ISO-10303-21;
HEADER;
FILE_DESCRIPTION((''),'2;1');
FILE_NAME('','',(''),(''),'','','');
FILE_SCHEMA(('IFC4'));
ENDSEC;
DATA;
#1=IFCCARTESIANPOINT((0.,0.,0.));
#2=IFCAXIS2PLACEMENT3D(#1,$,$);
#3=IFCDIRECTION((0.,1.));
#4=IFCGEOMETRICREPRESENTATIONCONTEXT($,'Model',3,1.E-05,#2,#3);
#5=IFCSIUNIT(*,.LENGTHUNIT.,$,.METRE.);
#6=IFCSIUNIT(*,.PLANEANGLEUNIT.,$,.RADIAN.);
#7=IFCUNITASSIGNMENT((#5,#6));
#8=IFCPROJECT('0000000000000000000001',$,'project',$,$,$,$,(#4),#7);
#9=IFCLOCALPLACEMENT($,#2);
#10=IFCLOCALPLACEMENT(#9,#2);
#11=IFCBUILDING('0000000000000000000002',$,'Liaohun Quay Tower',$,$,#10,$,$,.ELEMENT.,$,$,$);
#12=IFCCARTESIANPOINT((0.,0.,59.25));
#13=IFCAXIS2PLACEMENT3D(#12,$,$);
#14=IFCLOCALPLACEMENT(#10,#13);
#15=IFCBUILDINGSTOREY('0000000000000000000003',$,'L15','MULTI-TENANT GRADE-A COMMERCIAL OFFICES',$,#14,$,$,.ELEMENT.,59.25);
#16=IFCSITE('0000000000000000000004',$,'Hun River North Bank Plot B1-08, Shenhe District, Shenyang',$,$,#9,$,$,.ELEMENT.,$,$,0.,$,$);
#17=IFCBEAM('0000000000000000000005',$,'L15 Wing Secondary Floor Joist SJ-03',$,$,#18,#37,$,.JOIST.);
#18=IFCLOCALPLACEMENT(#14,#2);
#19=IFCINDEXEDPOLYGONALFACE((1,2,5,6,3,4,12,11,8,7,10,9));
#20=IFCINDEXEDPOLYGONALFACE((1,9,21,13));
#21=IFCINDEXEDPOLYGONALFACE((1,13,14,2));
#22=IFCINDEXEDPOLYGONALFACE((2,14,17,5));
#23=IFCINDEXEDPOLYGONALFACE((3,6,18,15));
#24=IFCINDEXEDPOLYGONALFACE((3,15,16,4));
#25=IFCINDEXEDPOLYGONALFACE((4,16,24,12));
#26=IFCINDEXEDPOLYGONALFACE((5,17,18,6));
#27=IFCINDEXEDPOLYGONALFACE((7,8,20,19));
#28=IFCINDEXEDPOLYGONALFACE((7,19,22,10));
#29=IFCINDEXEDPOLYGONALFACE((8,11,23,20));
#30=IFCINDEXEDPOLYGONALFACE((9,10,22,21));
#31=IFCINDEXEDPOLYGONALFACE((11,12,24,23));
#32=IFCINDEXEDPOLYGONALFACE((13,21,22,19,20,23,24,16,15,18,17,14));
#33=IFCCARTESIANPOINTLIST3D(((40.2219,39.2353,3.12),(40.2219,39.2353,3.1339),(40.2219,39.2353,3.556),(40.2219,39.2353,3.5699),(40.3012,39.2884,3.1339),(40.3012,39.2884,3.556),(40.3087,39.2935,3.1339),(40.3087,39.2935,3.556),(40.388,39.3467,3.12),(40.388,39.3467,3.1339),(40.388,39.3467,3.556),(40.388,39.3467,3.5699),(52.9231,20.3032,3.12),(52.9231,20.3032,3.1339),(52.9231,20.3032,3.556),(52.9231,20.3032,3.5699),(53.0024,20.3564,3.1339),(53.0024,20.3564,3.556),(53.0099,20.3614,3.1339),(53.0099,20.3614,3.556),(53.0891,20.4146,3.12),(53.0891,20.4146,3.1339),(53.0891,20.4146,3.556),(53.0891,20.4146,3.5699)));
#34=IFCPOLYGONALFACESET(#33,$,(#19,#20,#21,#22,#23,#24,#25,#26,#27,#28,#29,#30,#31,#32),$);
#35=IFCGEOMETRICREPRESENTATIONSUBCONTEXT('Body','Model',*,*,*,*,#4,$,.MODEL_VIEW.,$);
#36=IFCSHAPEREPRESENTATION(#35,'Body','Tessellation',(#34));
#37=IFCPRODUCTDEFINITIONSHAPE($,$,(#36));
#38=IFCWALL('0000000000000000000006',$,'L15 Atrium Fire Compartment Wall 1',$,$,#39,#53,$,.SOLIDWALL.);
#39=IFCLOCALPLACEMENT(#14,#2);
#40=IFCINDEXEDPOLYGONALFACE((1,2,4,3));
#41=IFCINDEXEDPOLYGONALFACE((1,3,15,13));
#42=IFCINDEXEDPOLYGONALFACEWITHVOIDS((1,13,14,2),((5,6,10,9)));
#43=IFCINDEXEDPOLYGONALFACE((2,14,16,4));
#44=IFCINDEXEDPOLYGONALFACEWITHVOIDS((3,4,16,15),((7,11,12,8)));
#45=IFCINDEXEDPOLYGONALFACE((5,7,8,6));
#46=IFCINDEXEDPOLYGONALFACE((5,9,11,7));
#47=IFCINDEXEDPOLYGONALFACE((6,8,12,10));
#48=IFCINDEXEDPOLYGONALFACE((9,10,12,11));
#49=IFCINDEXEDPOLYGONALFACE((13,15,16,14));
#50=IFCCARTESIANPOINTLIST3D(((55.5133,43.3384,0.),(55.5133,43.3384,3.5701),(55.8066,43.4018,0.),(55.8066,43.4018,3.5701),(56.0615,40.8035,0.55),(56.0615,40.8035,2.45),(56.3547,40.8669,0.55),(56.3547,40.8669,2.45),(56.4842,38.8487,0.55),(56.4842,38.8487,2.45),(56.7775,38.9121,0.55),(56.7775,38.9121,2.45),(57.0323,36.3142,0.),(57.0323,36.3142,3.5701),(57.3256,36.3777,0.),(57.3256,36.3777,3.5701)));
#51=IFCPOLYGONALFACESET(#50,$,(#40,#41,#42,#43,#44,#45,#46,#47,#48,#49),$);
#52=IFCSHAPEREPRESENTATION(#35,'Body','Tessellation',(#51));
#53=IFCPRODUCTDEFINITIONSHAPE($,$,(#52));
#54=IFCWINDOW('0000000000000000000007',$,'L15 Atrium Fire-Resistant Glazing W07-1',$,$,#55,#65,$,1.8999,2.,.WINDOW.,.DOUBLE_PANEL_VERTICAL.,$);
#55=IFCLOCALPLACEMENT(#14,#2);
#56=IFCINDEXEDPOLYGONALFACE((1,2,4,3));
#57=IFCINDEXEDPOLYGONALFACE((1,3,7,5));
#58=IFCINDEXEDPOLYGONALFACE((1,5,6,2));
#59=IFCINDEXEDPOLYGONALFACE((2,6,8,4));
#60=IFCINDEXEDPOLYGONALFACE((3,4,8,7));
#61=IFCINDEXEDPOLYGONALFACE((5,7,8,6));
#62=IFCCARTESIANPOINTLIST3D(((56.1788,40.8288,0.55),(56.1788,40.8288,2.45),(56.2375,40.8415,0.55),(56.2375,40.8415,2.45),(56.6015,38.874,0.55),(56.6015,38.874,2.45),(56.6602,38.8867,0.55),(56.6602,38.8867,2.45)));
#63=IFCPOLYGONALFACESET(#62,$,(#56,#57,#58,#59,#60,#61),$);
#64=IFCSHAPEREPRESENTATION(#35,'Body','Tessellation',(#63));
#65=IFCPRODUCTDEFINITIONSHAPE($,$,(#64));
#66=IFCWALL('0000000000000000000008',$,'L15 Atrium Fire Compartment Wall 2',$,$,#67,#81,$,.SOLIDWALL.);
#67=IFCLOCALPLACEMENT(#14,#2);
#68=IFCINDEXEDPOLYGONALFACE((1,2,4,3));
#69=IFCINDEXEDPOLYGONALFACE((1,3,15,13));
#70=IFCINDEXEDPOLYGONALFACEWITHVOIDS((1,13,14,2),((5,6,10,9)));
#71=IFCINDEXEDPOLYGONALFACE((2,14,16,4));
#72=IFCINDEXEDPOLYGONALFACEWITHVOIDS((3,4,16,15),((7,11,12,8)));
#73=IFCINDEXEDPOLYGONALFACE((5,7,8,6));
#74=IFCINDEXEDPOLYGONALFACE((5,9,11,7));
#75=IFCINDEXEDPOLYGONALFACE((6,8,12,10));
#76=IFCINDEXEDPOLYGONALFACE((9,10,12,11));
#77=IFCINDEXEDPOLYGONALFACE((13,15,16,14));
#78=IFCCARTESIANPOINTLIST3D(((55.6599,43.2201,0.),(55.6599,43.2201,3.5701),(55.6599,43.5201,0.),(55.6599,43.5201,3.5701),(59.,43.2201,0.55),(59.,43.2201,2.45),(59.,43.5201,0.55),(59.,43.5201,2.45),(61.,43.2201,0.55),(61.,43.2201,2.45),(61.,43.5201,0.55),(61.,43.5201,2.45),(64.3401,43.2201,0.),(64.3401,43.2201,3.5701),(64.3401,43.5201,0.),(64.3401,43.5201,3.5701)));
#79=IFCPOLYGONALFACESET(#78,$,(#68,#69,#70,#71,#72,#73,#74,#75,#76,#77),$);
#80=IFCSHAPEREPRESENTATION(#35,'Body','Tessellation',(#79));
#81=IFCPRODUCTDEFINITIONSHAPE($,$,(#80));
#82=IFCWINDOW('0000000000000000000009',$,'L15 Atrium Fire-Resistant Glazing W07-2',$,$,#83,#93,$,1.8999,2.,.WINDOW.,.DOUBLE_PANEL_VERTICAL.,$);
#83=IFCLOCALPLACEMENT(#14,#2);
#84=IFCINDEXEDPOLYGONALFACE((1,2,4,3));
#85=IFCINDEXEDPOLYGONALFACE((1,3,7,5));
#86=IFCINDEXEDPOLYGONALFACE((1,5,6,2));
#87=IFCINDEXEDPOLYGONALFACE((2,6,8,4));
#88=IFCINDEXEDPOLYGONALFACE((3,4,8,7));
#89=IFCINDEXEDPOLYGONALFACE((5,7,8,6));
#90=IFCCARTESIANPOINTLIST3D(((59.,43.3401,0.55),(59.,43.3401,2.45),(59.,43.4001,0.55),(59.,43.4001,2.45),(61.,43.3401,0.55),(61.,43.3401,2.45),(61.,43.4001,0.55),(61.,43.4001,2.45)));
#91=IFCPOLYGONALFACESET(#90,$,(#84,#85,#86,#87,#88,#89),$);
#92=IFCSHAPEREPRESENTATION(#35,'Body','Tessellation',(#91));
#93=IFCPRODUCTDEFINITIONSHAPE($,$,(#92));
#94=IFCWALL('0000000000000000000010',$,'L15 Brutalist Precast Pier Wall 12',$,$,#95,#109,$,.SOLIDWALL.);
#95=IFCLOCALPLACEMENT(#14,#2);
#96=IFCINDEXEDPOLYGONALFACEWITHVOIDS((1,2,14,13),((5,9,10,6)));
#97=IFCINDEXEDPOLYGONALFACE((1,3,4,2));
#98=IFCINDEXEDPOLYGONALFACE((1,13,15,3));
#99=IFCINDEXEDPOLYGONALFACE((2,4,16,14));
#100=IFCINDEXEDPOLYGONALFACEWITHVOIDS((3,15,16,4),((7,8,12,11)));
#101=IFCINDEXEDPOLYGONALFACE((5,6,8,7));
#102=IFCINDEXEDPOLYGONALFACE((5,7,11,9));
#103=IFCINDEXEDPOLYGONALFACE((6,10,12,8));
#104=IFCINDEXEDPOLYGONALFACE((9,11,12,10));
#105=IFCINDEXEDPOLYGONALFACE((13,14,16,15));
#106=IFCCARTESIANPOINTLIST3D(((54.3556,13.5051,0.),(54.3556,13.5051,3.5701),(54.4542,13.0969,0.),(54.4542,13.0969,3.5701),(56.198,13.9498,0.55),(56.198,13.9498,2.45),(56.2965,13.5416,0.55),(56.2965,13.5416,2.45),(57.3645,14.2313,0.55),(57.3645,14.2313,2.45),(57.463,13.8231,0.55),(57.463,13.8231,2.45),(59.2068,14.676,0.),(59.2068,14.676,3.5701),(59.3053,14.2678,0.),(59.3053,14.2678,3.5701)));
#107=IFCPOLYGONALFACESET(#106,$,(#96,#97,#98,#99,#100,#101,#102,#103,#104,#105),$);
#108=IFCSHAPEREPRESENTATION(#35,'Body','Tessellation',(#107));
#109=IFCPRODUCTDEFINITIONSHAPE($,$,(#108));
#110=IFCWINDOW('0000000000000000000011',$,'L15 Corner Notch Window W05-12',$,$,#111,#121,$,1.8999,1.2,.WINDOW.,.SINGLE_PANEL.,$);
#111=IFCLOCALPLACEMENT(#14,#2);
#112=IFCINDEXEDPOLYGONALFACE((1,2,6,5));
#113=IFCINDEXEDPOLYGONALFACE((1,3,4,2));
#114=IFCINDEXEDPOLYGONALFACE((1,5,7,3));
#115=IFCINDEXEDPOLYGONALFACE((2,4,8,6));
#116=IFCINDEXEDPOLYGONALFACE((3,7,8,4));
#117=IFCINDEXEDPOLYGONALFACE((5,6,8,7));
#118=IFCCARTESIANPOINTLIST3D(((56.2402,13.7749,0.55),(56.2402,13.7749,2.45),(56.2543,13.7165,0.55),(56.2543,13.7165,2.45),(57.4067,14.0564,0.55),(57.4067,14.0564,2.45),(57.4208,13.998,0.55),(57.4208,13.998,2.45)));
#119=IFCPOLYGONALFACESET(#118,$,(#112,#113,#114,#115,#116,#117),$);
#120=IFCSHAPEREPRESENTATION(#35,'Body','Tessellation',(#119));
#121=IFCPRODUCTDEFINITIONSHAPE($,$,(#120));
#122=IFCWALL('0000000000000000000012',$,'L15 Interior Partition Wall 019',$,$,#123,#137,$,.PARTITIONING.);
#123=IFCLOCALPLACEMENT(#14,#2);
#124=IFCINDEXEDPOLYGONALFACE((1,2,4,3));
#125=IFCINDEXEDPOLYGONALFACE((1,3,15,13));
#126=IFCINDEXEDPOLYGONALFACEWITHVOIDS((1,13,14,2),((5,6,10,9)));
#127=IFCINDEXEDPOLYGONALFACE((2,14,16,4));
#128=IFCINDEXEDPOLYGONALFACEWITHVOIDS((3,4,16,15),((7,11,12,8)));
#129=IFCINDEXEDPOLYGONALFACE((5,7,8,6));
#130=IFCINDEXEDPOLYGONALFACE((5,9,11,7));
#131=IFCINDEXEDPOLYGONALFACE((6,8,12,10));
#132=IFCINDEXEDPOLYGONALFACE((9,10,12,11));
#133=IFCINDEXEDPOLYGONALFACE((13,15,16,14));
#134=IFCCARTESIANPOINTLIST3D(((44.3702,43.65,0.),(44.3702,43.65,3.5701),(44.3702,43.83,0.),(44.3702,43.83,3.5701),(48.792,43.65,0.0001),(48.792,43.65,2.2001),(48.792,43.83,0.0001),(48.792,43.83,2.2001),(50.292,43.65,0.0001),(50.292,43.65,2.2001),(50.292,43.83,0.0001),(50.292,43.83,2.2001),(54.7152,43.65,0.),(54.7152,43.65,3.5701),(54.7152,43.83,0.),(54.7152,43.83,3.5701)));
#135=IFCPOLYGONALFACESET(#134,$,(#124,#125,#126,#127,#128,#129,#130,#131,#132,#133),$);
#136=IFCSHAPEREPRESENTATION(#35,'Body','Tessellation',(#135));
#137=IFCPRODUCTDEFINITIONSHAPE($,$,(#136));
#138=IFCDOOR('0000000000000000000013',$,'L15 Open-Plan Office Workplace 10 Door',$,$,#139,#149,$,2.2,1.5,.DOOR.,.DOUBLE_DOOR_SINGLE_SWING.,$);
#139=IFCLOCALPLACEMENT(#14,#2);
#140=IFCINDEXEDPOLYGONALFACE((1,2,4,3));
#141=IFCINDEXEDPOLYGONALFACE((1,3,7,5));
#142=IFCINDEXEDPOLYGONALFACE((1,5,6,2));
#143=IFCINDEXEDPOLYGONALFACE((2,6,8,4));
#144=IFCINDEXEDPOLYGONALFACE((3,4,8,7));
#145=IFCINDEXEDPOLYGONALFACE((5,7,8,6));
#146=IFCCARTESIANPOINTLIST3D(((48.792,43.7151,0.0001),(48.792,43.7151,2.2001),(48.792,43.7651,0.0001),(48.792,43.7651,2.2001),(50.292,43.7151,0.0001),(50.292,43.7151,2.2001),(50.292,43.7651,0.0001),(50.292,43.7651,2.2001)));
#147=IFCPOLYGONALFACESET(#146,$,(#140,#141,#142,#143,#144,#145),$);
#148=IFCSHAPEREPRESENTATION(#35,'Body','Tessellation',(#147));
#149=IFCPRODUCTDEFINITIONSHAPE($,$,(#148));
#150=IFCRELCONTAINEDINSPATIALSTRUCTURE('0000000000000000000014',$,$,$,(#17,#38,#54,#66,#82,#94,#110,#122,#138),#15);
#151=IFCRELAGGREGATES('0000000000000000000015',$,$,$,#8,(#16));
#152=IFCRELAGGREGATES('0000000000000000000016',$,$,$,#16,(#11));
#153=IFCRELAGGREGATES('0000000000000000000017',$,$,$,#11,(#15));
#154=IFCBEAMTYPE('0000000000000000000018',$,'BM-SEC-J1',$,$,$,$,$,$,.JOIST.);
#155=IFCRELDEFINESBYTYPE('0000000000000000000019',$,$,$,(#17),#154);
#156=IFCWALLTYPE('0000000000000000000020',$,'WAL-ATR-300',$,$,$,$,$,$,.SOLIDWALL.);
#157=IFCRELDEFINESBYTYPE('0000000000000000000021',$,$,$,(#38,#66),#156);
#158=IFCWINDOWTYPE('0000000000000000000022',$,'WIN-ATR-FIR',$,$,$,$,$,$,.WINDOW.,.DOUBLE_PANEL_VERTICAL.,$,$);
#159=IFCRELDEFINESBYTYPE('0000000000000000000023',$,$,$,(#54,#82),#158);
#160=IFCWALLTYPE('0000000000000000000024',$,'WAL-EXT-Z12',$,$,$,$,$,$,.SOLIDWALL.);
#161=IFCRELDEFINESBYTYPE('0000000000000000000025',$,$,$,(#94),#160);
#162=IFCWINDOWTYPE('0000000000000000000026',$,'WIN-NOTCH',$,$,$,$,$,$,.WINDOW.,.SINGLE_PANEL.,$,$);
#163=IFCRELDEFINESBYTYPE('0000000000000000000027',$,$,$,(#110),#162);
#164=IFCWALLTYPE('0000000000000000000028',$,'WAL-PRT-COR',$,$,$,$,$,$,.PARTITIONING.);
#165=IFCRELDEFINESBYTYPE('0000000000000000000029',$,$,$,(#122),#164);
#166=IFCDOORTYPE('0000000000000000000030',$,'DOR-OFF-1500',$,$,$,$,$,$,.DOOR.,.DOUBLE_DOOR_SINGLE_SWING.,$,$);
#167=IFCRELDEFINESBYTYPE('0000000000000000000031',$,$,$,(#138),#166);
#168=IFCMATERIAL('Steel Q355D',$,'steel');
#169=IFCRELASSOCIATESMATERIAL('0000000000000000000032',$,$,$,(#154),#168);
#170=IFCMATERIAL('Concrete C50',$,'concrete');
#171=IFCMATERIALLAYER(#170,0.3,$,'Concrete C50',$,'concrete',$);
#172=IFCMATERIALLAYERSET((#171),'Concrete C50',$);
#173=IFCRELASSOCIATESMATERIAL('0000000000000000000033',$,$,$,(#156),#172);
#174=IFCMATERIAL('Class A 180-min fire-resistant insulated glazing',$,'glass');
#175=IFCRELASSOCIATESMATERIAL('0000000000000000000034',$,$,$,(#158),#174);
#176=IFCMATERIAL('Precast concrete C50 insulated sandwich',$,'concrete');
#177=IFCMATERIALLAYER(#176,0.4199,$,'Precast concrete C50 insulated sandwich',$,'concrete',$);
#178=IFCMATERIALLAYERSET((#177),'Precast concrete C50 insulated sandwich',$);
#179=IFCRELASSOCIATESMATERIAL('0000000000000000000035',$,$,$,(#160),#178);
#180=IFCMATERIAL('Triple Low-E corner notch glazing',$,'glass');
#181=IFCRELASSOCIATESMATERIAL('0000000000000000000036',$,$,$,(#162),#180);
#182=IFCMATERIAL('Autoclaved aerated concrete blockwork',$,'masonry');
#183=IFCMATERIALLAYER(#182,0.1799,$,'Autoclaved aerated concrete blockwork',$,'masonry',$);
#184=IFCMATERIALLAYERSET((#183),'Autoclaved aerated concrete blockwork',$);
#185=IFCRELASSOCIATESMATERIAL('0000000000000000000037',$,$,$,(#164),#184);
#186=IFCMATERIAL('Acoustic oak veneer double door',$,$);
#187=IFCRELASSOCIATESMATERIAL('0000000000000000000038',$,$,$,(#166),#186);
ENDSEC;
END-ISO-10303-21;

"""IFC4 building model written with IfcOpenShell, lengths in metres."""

from ifc_helpers import new_model, si_unit, direction, frame, frame_2d, origin, origin_2d, place, context, subcontext, project, spatial, rectangle, i_section, extrude, source, transform, mapped, material, layer, layer_set, material_profile, profile_set, type_object, element, fill, save


model = new_model("IFC4")

# Units and contexts
model_context = context("Model", 3, precision=1e-05, world=origin(), true_north=direction((0.0, 1.0)))
body_context = subcontext(model_context, "Body", "Model", "MODEL_VIEW")
ifc_project = project(units=[si_unit("LENGTHUNIT", "METRE"), si_unit("PLANEANGLEUNIT", "RADIAN")], contexts=[model_context])

# Site, building, storey
site_placement = place(None, origin())
site = spatial("IfcSite", under=ifc_project, at=site_placement, Name="Hun River North Bank Plot B1-08, Shenhe District, Shenyang", CompositionType="ELEMENT", RefElevation=0.0)
building_placement = place(site_placement, origin())
building = spatial("IfcBuilding", under=site, at=building_placement, Name="Liaohun Quay Tower", CompositionType="ELEMENT")
storey_placement = place(building_placement, frame((0.0, 0.0, 59.25)))
storey = spatial("IfcBuildingStorey", under=building, at=storey_placement, Name="L15", Description="MULTI-TENANT GRADE-A COMMERCIAL OFFICES", CompositionType="ELEMENT", Elevation=59.25)

# Beam
ifc_material_1 = material(Name="Steel Q355D", Category="steel")
ifc_material_profile_1 = material_profile(ifc_material_1, i_section(OverallWidth=0.2, OverallDepth=0.45, WebThickness=0.009, FlangeThickness=0.0139, at=origin_2d()), Name="HN450x200x9x14")
ifc_profile_set_1 = profile_set([ifc_material_profile_1], Name="Steel Q355D")
beam_type_1 = type_object("IfcBeamType", Name="BM-SEC-J1", PredefinedType="JOIST", material=ifc_profile_set_1)
shared_shape_1 = source(origin(), body_context, "Body", "SweptSolid", [
    extrude(i_section(OverallWidth=0.2, OverallDepth=0.45, WebThickness=0.009, FlangeThickness=0.0139, at=origin_2d()), origin(), (0.0, 0.0, 1.0), 22.7979),
])
beam_1_placement = place(storey_placement, frame((53.0061, 20.3589, 3.345), z_axis=(-0.55712, 0.830432, 0.0), x_axis=(-0.830432, -0.55712, 0.0)))
element("IfcBeam", 1, at=beam_1_placement, inside=storey, type_object=beam_type_1, Name="L15 Wing Secondary Floor Joist SJ-03", PredefinedType="JOIST", context=body_context, shape_type="MappedRepresentation", body=[
    mapped(shared_shape_1, transform((0.0, 0.0, 0.0), x_axis=(1.0, 0.0, 0.0), y_axis=(0.0, 1.0, 0.0), z_axis=(0.0, 0.0, 1.0), scale=1.0)),
])

# Walls, openings, windows
ifc_material_2 = material(Name="Concrete C50", Category="concrete")
ifc_layer_1 = layer(ifc_material_2, 0.3, Name="Concrete C50", Category="concrete")
ifc_layer_set_1 = layer_set([ifc_layer_1], Name="Concrete C50")
wall_type_1 = type_object("IfcWallType", Name="WAL-ATR-300", PredefinedType="SOLIDWALL", material=ifc_layer_set_1)
wall_1_placement = place(storey_placement, frame((57.179, 36.3459, 0.0), z_axis=(0.0, 0.0, 1.0), x_axis=(-0.211373, 0.977405, 0.0)))
wall_1 = element("IfcWall", 2, at=wall_1_placement, inside=storey, type_object=wall_type_1, Name="L15 Atrium Fire Compartment Wall 1", PredefinedType="SOLIDWALL", context=body_context, shape_type="SweptSolid", body=[
    extrude(rectangle(XDim=7.1865, YDim=0.3, at=frame_2d((3.5933, 0.0))), origin(), (0.0, 0.0, 1.0), 3.5701),
])
shared_shape_2 = source(origin(), body_context, "Body", "SweptSolid", [
    extrude(rectangle(XDim=2.0, YDim=1.8999, at=frame_2d((1.0, 0.95))), frame((0.0, 0.1599, 0.0), z_axis=(0.0, -1.0, 0.0), x_axis=(1.0, 0.0, 0.0)), (0.0, 0.0, 1.0), 0.3201),
])
opening_1_placement = place(wall_1_placement, frame((2.593, 0.0, 0.55)))
opening_1 = element("IfcOpeningElement", 3, at=opening_1_placement, cuts=wall_1, PredefinedType="OPENING", context=body_context, shape_type="MappedRepresentation", body=[
    mapped(shared_shape_2, transform((0.0, 0.0, 0.0), x_axis=(1.0, 0.0, 0.0), y_axis=(0.0, 1.0, 0.0), z_axis=(0.0, 0.0, 1.0), scale=1.0)),
])
ifc_material_3 = material(Name="Class A 180-min fire-resistant insulated glazing", Category="glass")
window_type_1 = type_object("IfcWindowType", Name="WIN-ATR-FIR", PartitioningType="DOUBLE_PANEL_VERTICAL", PredefinedType="WINDOW", material=ifc_material_3)
shared_shape_3 = source(origin(), body_context, "Body", "SweptSolid", [
    extrude(rectangle(XDim=2.0, YDim=1.8999, at=frame_2d((1.0, 0.95))), frame((0.0, 0.03, 0.0), z_axis=(0.0, -1.0, 0.0), x_axis=(1.0, 0.0, 0.0)), (0.0, 0.0, 1.0), 0.0601),
])
window_1_placement = place(opening_1_placement, origin())
window_1 = element("IfcWindow", 4, at=window_1_placement, inside=storey, type_object=window_type_1, Name="L15 Atrium Fire-Resistant Glazing W07-1", OverallHeight=1.8999, OverallWidth=2.0, PartitioningType="DOUBLE_PANEL_VERTICAL", PredefinedType="WINDOW", context=body_context, shape_type="MappedRepresentation", body=[
    mapped(shared_shape_3, transform((0.0, 0.0, 0.0), x_axis=(1.0, 0.0, 0.0), y_axis=(0.0, 1.0, 0.0), z_axis=(0.0, 0.0, 1.0), scale=1.0)),
])
fill(opening_1, window_1)
wall_2_placement = place(storey_placement, frame((55.6599, 43.3701, 0.0), z_axis=(0.0, 0.0, 1.0), x_axis=(1.0, 0.0, 0.0)))
wall_2 = element("IfcWall", 5, at=wall_2_placement, inside=storey, type_object=wall_type_1, Name="L15 Atrium Fire Compartment Wall 2", PredefinedType="SOLIDWALL", context=body_context, shape_type="SweptSolid", body=[
    extrude(rectangle(XDim=8.6802, YDim=0.3, at=frame_2d((4.3401, 0.0))), origin(), (0.0, 0.0, 1.0), 3.5701),
])
opening_2_placement = place(wall_2_placement, frame((3.3401, 0.0, 0.55)))
opening_2 = element("IfcOpeningElement", 6, at=opening_2_placement, cuts=wall_2, PredefinedType="OPENING", context=body_context, shape_type="MappedRepresentation", body=[
    mapped(shared_shape_2, transform((0.0, 0.0, 0.0), x_axis=(1.0, 0.0, 0.0), y_axis=(0.0, 1.0, 0.0), z_axis=(0.0, 0.0, 1.0), scale=1.0)),
])
window_2_placement = place(opening_2_placement, origin())
window_2 = element("IfcWindow", 7, at=window_2_placement, inside=storey, type_object=window_type_1, Name="L15 Atrium Fire-Resistant Glazing W07-2", OverallHeight=1.8999, OverallWidth=2.0, PartitioningType="DOUBLE_PANEL_VERTICAL", PredefinedType="WINDOW", context=body_context, shape_type="MappedRepresentation", body=[
    mapped(shared_shape_3, transform((0.0, 0.0, 0.0), x_axis=(1.0, 0.0, 0.0), y_axis=(0.0, 1.0, 0.0), z_axis=(0.0, 0.0, 1.0), scale=1.0)),
])
fill(opening_2, window_2)
ifc_material_4 = material(Name="Precast concrete C50 insulated sandwich", Category="concrete")
ifc_layer_2 = layer(ifc_material_4, 0.4199, Name="Precast concrete C50 insulated sandwich", Category="concrete")
ifc_layer_set_2 = layer_set([ifc_layer_2], Name="Precast concrete C50 insulated sandwich")
wall_type_2 = type_object("IfcWallType", Name="WAL-EXT-Z12", PredefinedType="SOLIDWALL", material=ifc_layer_set_2)
wall_3_placement = place(storey_placement, frame((54.405, 13.301, 0.0), z_axis=(0.0, 0.0, 1.0), x_axis=(0.972085, 0.234631, 0.0)))
wall_3 = element("IfcWall", 8, at=wall_3_placement, inside=storey, type_object=wall_type_2, Name="L15 Brutalist Precast Pier Wall 12", PredefinedType="SOLIDWALL", context=body_context, shape_type="SweptSolid", body=[
    extrude(rectangle(XDim=4.9905, YDim=0.4199, at=frame_2d((2.4951, 0.0))), origin(), (0.0, 0.0, 1.0), 3.5701),
])
shared_shape_4 = source(origin(), body_context, "Body", "SweptSolid", [
    extrude(rectangle(XDim=1.2, YDim=1.8999, at=frame_2d((0.6001, 0.95))), frame((0.0, 0.22, 0.0), z_axis=(0.0, -1.0, 0.0), x_axis=(1.0, 0.0, 0.0)), (0.0, 0.0, 1.0), 0.4399),
])
opening_3_placement = place(wall_3_placement, frame((1.895, 0.0, 0.55)))
opening_3 = element("IfcOpeningElement", 9, at=opening_3_placement, cuts=wall_3, PredefinedType="OPENING", context=body_context, shape_type="MappedRepresentation", body=[
    mapped(shared_shape_4, transform((0.0, 0.0, 0.0), x_axis=(1.0, 0.0, 0.0), y_axis=(0.0, 1.0, 0.0), z_axis=(0.0, 0.0, 1.0), scale=1.0)),
])
ifc_material_5 = material(Name="Triple Low-E corner notch glazing", Category="glass")
window_type_2 = type_object("IfcWindowType", Name="WIN-NOTCH", PartitioningType="SINGLE_PANEL", PredefinedType="WINDOW", material=ifc_material_5)
shared_shape_5 = source(origin(), body_context, "Body", "SweptSolid", [
    extrude(rectangle(XDim=1.2, YDim=1.8999, at=frame_2d((0.6001, 0.95))), frame((0.0, 0.03, 0.0), z_axis=(0.0, -1.0, 0.0), x_axis=(1.0, 0.0, 0.0)), (0.0, 0.0, 1.0), 0.0601),
])
window_3_placement = place(opening_3_placement, origin())
window_3 = element("IfcWindow", 10, at=window_3_placement, inside=storey, type_object=window_type_2, Name="L15 Corner Notch Window W05-12", OverallHeight=1.8999, OverallWidth=1.2, PartitioningType="SINGLE_PANEL", PredefinedType="WINDOW", context=body_context, shape_type="MappedRepresentation", body=[
    mapped(shared_shape_5, transform((0.0, 0.0, 0.0), x_axis=(1.0, 0.0, 0.0), y_axis=(0.0, 1.0, 0.0), z_axis=(0.0, 0.0, 1.0), scale=1.0)),
])
fill(opening_3, window_3)

# Wall, opening, door
ifc_material_6 = material(Name="Autoclaved aerated concrete blockwork", Category="masonry")
ifc_layer_3 = layer(ifc_material_6, 0.1799, Name="Autoclaved aerated concrete blockwork", Category="masonry")
ifc_layer_set_3 = layer_set([ifc_layer_3], Name="Autoclaved aerated concrete blockwork")
wall_type_3 = type_object("IfcWallType", Name="WAL-PRT-COR", PredefinedType="PARTITIONING", material=ifc_layer_set_3)
wall_4_placement = place(storey_placement, frame((54.7151, 43.74, 0.0), z_axis=(0.0, 0.0, 1.0), x_axis=(-1.0, 0.0, 0.0)))
wall_4 = element("IfcWall", 11, at=wall_4_placement, inside=storey, type_object=wall_type_3, Name="L15 Interior Partition Wall 019", PredefinedType="PARTITIONING", context=body_context, shape_type="SweptSolid", body=[
    extrude(rectangle(XDim=10.345, YDim=0.1799, at=frame_2d((5.1724, 0.0))), origin(), (0.0, 0.0, 1.0), 3.5701),
])
shared_shape_6 = source(origin(), body_context, "Body", "SweptSolid", [
    extrude(rectangle(XDim=1.5, YDim=2.2, at=frame_2d((0.75, 1.1001))), frame((0.0, 0.0999, 0.0), z_axis=(0.0, -1.0, 0.0), x_axis=(1.0, 0.0, 0.0)), (0.0, 0.0, 1.0), 0.2),
])
opening_4_placement = place(wall_4_placement, frame((4.4231, 0.0, 0.0)))
opening_4 = element("IfcOpeningElement", 12, at=opening_4_placement, cuts=wall_4, PredefinedType="OPENING", context=body_context, shape_type="MappedRepresentation", body=[
    mapped(shared_shape_6, transform((0.0, 0.0, 0.0), x_axis=(1.0, 0.0, 0.0), y_axis=(0.0, 1.0, 0.0), z_axis=(0.0, 0.0, 1.0), scale=1.0)),
])
ifc_material_7 = material(Name="Acoustic oak veneer double door")
door_type = type_object("IfcDoorType", Name="DOR-OFF-1500", OperationType="DOUBLE_DOOR_SINGLE_SWING", PredefinedType="DOOR", material=ifc_material_7)
shared_shape_7 = source(origin(), body_context, "Body", "SweptSolid", [
    extrude(rectangle(XDim=1.5, YDim=2.2, at=frame_2d((0.75, 1.1001))), frame((0.0, 0.0249, 0.0), z_axis=(0.0, -1.0, 0.0), x_axis=(1.0, 0.0, 0.0)), (0.0, 0.0, 1.0), 0.05),
])
door_placement = place(opening_4_placement, origin())
door = element("IfcDoor", 13, at=door_placement, inside=storey, type_object=door_type, Name="L15 Open-Plan Office Workplace 10 Door", OperationType="DOUBLE_DOOR_SINGLE_SWING", OverallHeight=2.2, OverallWidth=1.5, PredefinedType="DOOR", context=body_context, shape_type="MappedRepresentation", body=[
    mapped(shared_shape_7, transform((0.0, 0.0, 0.0), x_axis=(1.0, 0.0, 0.0), y_axis=(0.0, 1.0, 0.0), z_axis=(0.0, 0.0, 1.0), scale=1.0)),
])
fill(opening_4, door)

save(model, "model.ifc")
